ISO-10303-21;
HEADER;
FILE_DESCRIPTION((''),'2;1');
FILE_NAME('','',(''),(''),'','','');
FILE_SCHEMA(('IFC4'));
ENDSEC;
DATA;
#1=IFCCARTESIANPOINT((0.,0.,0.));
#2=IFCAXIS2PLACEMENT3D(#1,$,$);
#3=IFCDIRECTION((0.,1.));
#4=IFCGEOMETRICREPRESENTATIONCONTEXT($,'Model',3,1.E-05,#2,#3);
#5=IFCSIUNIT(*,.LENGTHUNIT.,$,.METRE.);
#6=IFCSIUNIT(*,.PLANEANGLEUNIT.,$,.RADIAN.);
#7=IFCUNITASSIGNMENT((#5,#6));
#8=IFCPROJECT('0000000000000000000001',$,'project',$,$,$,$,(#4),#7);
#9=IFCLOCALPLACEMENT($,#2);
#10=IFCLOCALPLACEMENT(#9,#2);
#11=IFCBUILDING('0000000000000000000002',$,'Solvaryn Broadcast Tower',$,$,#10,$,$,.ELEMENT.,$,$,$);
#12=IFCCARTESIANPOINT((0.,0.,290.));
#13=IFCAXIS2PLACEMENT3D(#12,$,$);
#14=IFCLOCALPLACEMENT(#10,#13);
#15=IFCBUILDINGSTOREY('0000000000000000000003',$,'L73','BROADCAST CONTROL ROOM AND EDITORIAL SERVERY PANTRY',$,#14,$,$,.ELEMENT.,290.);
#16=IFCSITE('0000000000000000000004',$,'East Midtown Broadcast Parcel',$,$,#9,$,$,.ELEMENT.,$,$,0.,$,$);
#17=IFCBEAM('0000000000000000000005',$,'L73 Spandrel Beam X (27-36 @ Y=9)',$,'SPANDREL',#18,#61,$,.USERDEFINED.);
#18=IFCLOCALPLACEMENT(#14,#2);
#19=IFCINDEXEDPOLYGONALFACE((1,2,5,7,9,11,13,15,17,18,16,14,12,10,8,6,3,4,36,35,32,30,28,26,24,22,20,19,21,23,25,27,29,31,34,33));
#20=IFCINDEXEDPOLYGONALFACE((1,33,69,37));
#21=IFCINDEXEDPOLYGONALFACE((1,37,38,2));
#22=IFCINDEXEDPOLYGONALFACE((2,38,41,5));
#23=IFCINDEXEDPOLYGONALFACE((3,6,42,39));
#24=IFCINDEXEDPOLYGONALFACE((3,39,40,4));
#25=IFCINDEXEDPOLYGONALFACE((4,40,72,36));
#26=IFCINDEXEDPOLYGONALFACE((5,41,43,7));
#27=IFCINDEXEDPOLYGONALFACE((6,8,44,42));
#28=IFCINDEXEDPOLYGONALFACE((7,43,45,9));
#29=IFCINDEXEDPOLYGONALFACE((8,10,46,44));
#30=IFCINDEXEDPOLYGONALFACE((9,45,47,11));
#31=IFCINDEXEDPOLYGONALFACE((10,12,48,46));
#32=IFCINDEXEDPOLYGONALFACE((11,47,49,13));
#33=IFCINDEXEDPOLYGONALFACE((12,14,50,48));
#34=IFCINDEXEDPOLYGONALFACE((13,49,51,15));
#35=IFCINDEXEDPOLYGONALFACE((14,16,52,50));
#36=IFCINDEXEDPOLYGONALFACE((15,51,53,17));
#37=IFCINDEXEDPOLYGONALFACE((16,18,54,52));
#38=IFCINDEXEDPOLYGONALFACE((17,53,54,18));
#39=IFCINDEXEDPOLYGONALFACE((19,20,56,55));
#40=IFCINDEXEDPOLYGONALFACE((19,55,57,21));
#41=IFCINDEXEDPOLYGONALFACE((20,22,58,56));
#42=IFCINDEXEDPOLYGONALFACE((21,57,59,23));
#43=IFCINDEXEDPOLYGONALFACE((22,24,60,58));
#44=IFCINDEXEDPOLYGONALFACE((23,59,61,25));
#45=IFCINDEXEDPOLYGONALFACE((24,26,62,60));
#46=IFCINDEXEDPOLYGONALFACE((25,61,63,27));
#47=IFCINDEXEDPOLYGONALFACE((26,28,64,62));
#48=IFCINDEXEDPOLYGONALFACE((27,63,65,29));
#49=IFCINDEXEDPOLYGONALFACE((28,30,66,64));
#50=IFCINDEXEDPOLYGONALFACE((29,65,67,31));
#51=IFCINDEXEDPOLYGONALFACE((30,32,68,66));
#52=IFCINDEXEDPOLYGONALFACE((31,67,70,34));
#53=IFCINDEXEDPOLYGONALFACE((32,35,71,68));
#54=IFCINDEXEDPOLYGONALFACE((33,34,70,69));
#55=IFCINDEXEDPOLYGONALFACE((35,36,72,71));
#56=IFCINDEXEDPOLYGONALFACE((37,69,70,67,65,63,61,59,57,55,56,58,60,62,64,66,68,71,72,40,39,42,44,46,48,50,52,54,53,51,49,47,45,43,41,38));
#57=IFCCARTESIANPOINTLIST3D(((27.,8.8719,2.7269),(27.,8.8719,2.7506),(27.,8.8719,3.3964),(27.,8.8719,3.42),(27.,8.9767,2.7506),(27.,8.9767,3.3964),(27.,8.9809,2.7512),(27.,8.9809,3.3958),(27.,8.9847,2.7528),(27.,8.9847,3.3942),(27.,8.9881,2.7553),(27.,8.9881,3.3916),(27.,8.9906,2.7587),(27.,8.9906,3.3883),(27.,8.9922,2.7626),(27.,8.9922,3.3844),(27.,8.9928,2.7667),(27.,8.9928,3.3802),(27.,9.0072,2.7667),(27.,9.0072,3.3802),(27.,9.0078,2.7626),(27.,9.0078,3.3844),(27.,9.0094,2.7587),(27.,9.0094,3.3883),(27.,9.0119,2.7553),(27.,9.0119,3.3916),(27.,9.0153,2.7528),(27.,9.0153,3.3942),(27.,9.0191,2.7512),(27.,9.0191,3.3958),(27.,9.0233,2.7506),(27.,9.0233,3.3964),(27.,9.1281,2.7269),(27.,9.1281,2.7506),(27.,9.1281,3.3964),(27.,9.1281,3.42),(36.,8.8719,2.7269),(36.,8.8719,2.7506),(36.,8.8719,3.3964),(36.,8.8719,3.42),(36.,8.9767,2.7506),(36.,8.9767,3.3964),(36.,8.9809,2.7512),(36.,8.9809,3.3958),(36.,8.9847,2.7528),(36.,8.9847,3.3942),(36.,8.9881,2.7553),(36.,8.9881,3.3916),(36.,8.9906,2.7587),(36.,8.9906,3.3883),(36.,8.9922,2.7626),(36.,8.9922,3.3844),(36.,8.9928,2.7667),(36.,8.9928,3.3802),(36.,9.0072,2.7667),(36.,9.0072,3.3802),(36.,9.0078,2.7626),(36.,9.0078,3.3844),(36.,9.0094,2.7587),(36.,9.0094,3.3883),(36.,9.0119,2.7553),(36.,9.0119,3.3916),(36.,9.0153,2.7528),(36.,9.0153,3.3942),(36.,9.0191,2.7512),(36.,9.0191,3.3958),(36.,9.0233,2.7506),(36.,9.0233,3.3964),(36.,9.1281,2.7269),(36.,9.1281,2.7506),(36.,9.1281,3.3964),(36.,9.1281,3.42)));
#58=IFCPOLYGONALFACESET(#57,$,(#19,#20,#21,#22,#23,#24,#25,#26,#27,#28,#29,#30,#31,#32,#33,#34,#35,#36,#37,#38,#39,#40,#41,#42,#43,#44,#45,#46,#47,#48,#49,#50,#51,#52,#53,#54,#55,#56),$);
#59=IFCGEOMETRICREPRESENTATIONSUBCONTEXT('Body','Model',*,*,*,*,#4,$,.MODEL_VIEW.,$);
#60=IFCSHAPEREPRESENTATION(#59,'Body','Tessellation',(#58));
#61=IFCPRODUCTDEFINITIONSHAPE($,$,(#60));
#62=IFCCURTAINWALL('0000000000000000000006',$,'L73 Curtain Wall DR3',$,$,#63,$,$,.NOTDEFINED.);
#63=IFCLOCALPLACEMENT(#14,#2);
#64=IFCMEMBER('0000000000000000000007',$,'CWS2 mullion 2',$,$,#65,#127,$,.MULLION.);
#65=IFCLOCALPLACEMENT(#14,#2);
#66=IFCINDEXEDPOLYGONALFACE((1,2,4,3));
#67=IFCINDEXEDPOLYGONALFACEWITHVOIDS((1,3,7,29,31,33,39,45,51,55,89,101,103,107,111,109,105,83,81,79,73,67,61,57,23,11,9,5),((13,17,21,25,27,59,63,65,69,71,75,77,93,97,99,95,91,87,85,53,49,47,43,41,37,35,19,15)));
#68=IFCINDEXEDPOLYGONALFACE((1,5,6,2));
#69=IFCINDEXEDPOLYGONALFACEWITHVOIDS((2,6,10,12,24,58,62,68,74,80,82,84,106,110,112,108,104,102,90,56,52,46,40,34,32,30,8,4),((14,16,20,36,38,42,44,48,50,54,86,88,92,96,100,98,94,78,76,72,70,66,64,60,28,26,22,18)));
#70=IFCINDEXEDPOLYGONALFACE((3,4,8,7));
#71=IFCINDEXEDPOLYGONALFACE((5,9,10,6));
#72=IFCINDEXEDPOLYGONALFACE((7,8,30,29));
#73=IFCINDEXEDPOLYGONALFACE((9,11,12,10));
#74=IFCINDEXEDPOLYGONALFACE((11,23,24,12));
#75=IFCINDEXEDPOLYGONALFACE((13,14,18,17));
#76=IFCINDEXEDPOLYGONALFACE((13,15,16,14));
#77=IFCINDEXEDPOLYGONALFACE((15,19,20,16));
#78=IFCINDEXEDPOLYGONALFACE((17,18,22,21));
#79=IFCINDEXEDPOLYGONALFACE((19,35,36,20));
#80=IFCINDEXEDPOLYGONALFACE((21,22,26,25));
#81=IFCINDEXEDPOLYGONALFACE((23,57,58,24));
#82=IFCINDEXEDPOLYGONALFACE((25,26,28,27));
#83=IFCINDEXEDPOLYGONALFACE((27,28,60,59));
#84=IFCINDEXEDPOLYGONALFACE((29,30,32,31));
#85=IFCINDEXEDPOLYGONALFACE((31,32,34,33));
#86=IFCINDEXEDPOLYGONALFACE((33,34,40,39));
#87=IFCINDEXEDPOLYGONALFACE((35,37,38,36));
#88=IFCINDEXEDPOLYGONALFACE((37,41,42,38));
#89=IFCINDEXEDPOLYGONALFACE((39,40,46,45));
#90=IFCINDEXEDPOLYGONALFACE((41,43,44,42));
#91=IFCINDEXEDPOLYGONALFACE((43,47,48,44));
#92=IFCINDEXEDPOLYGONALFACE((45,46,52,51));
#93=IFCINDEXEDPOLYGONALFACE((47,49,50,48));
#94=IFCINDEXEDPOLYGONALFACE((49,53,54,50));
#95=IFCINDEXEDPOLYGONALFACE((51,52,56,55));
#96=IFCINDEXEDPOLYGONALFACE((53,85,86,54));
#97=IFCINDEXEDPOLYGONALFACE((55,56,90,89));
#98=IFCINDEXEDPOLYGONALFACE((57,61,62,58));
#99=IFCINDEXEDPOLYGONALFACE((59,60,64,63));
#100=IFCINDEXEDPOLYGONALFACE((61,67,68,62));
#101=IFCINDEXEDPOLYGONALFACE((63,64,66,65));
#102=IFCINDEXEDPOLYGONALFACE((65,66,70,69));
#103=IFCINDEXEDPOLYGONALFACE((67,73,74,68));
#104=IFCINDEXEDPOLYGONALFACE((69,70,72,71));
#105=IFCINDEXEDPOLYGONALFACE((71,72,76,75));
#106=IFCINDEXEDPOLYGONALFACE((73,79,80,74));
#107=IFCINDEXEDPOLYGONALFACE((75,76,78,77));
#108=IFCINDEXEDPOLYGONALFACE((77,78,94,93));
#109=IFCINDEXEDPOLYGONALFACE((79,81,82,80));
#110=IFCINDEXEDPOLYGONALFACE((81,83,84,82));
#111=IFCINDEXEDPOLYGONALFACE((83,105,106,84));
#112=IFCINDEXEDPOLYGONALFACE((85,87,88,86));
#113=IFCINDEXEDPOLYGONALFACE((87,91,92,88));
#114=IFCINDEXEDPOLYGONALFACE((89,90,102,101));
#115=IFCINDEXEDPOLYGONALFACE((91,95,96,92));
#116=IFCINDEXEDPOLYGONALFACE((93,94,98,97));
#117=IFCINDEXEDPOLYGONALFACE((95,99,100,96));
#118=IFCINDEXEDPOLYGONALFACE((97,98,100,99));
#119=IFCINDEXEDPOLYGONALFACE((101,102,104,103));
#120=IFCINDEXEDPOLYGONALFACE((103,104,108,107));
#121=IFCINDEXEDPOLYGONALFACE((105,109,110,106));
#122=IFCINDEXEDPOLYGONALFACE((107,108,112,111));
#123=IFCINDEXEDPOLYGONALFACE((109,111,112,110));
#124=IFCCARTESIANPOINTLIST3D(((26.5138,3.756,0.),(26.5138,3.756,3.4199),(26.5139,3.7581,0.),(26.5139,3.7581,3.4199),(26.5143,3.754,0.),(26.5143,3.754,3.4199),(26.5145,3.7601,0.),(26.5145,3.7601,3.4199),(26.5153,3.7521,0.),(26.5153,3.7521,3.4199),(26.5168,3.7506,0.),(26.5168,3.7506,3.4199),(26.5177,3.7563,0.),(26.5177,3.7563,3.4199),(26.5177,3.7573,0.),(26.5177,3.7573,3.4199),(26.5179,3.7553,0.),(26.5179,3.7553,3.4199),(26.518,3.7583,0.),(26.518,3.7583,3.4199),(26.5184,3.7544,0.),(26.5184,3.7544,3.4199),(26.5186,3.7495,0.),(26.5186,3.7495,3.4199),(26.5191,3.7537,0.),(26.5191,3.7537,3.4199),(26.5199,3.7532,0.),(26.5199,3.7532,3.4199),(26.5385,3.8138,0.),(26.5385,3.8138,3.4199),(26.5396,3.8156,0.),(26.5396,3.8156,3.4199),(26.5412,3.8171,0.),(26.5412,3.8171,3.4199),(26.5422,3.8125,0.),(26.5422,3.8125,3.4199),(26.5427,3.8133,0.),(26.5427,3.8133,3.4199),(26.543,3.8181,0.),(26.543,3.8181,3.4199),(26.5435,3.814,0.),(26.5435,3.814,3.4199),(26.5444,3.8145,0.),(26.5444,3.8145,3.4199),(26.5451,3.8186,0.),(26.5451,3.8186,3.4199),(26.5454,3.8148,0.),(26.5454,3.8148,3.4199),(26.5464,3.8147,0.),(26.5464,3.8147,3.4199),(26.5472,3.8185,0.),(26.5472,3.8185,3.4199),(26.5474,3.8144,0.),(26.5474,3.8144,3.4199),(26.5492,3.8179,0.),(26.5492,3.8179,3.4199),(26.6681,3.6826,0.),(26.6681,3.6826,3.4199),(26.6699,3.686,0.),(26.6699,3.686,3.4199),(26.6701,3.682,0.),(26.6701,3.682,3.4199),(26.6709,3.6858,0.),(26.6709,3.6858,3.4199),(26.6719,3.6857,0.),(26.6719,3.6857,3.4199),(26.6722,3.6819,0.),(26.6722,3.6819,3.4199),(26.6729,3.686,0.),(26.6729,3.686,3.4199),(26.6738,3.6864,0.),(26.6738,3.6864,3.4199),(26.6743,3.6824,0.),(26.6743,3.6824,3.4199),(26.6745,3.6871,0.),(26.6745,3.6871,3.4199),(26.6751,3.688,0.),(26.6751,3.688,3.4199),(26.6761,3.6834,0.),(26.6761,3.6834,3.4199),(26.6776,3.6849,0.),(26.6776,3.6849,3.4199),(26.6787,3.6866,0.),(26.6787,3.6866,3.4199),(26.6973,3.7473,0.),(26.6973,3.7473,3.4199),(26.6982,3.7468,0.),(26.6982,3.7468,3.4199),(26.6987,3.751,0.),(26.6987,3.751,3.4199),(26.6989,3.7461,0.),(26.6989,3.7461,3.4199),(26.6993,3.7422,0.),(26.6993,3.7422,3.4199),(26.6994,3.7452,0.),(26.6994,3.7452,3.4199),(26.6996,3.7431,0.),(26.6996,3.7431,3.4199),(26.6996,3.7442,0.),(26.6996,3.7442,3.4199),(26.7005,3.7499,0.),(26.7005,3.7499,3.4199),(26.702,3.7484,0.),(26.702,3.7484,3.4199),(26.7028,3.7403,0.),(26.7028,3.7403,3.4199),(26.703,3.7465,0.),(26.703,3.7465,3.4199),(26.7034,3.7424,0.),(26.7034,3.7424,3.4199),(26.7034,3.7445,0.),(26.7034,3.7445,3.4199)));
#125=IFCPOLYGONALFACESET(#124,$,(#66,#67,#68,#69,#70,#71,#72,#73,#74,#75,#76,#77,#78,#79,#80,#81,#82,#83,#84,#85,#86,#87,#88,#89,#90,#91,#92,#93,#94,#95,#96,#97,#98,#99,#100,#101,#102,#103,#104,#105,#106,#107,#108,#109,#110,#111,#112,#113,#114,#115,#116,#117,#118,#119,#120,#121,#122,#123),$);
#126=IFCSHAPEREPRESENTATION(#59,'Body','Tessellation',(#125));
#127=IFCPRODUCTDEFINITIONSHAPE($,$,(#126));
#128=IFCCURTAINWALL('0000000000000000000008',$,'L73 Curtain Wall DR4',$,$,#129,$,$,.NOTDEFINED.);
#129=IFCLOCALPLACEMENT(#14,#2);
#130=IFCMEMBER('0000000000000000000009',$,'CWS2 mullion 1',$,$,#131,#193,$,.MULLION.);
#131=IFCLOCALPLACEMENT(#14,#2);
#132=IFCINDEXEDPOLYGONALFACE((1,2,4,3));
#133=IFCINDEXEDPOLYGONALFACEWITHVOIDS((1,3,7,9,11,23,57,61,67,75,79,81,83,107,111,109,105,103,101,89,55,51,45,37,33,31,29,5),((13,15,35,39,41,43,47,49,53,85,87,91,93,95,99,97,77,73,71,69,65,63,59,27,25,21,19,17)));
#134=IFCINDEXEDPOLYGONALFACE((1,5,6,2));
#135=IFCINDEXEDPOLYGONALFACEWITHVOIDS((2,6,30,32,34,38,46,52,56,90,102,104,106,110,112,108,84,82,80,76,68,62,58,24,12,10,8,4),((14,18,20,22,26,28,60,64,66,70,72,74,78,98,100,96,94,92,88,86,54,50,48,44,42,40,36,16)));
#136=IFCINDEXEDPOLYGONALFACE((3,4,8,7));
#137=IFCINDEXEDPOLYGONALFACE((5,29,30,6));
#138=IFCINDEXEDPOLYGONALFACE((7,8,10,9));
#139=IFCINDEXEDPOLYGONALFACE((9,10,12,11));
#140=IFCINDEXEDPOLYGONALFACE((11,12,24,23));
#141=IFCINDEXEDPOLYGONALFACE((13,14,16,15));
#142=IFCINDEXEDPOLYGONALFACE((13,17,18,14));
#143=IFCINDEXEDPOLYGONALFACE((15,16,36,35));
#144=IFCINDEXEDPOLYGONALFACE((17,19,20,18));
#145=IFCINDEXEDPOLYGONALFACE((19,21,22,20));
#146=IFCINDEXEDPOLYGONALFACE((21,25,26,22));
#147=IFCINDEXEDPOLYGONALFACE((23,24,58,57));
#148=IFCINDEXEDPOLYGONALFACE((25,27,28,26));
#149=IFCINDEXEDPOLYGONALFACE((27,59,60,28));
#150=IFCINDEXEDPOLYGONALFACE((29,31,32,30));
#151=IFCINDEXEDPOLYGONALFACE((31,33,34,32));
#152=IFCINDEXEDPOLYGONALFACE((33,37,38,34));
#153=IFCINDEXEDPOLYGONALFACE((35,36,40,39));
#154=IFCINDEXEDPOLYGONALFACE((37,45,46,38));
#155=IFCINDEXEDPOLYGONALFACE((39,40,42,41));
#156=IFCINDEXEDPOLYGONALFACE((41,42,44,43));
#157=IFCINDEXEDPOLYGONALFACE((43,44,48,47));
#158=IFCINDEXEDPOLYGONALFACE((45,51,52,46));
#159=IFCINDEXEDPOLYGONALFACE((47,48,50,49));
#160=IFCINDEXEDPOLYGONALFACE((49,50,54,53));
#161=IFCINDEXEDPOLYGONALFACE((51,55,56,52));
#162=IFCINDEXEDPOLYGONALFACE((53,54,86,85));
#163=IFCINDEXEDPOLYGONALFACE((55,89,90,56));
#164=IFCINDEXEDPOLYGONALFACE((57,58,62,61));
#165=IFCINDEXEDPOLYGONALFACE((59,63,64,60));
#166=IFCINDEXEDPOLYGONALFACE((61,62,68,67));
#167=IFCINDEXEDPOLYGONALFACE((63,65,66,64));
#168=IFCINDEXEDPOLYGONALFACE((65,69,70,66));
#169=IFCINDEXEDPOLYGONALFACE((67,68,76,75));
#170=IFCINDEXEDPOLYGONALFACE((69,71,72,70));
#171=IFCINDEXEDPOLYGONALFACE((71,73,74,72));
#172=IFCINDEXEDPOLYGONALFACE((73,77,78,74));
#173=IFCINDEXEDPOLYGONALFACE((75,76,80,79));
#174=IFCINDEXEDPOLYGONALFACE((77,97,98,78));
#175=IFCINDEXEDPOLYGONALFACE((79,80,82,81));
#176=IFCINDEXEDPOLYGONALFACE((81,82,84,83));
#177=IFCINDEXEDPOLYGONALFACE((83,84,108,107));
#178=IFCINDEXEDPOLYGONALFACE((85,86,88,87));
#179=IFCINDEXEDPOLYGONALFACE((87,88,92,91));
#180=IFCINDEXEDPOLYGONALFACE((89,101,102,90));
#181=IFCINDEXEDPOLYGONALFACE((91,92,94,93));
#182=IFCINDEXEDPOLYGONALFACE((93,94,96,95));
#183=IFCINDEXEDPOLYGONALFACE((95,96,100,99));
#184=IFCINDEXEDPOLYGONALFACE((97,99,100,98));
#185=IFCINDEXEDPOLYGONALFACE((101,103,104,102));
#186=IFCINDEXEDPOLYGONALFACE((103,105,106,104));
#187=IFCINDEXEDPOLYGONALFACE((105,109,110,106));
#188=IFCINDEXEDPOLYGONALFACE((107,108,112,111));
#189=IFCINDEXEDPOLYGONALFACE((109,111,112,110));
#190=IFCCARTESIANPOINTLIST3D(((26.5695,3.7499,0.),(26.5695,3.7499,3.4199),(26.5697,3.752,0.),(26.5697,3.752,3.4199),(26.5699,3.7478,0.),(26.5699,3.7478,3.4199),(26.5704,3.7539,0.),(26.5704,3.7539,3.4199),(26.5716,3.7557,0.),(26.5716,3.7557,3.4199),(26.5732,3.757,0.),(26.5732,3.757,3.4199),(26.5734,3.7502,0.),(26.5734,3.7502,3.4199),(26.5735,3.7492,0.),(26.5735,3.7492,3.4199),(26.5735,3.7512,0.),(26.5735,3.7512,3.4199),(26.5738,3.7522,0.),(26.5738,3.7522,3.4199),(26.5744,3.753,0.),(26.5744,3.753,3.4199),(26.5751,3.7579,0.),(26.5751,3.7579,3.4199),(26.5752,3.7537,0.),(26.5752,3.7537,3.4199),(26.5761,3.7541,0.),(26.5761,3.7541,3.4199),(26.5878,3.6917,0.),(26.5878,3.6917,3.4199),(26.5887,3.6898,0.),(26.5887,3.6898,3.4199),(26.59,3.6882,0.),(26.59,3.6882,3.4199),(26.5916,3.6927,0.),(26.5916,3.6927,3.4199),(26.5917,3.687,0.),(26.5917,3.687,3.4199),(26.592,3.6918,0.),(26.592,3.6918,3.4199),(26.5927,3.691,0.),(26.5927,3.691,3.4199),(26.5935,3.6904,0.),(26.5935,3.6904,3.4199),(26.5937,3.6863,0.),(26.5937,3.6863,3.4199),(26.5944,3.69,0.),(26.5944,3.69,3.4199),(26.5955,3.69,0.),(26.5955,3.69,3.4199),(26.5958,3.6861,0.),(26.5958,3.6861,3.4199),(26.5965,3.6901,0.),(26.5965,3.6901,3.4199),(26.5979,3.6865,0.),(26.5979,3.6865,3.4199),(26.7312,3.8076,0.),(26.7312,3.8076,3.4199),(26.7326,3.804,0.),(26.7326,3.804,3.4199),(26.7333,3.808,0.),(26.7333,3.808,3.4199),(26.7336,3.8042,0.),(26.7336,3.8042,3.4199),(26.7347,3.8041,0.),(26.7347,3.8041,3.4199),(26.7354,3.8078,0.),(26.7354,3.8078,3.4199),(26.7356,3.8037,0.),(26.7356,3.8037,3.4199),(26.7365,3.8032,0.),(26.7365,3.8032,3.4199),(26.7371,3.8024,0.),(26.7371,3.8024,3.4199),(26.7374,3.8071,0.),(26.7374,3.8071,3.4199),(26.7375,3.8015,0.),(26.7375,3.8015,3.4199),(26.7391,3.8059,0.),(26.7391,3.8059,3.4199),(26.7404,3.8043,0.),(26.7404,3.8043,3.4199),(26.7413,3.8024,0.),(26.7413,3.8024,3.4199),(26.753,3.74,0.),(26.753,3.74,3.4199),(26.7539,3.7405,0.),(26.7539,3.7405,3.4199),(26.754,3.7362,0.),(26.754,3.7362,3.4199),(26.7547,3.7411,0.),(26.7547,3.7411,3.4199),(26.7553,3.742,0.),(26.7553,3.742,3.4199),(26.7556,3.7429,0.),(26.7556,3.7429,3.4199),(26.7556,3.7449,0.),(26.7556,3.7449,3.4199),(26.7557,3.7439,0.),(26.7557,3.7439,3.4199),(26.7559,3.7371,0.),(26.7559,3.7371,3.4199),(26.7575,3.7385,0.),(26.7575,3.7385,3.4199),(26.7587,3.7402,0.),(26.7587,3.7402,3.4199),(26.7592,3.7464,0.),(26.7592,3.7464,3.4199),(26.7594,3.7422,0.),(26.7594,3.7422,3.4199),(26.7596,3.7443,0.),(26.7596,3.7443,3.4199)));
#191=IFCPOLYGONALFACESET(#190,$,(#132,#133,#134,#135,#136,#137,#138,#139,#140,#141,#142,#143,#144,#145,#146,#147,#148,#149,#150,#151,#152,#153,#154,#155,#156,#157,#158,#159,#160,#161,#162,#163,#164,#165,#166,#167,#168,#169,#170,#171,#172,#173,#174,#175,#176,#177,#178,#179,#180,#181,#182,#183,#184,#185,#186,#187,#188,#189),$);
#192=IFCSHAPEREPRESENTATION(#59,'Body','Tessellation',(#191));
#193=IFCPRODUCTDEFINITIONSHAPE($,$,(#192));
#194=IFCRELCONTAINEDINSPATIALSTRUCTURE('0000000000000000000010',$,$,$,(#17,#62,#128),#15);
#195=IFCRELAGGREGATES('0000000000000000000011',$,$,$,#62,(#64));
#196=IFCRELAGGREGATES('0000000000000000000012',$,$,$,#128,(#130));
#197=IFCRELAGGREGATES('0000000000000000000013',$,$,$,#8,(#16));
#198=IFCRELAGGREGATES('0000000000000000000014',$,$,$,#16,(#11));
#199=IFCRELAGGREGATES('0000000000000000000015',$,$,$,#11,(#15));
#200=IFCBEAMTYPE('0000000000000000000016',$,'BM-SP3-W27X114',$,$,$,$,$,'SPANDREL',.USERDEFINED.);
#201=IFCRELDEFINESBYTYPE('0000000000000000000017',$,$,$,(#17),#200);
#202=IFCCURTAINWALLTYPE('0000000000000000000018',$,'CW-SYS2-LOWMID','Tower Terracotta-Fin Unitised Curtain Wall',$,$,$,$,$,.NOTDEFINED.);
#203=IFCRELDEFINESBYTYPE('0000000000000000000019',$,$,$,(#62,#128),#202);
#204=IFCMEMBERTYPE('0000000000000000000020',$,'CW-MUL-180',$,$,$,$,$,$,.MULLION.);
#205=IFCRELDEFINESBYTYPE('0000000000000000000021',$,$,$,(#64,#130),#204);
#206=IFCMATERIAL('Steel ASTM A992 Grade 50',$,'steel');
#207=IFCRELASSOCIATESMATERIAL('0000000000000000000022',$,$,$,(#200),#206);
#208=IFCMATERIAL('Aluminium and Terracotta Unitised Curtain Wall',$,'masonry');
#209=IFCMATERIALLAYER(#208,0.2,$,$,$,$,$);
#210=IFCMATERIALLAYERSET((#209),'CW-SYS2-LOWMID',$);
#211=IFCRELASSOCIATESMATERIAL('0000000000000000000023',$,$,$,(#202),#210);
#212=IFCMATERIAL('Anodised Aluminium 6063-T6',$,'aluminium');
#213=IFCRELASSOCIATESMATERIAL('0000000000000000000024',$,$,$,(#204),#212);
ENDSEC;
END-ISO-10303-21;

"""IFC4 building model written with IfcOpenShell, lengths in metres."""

from ifc_helpers import new_model, si_unit, direction, frame, origin, origin_2d, place, context, subcontext, project, spatial, hollow_rectangle, i_section, extrude, material, layer, layer_set, material_profile, profile_set, type_object, element, aggregate, save


model = new_model("IFC4")

# Units and contexts
model_context = context("Model", 3, precision=1e-05, world=origin(), true_north=direction((0.0, 1.0)))
body_context = subcontext(model_context, "Body", "Model", "MODEL_VIEW")
ifc_project = project(units=[si_unit("LENGTHUNIT", "METRE"), si_unit("PLANEANGLEUNIT", "RADIAN")], contexts=[model_context])

# Site, building, storey
site_placement = place(None, origin())
site = spatial("IfcSite", under=ifc_project, at=site_placement, Name="East Midtown Broadcast Parcel", CompositionType="ELEMENT", RefElevation=0.0)
building_placement = place(site_placement, origin())
building = spatial("IfcBuilding", under=site, at=building_placement, Name="Solvaryn Broadcast Tower", CompositionType="ELEMENT")
storey_placement = place(building_placement, frame((0.0, 0.0, 290.0)))
storey = spatial("IfcBuildingStorey", under=building, at=storey_placement, Name="L73", Description="BROADCAST CONTROL ROOM AND EDITORIAL SERVERY PANTRY", CompositionType="ELEMENT", Elevation=290.0)

# Beam
ifc_material_1 = material(Name="Steel ASTM A992 Grade 50", Category="steel")
ifc_material_profile_1 = material_profile(ifc_material_1, i_section(OverallWidth=0.2561, OverallDepth=0.6931, WebThickness=0.0144, FlangeThickness=0.0237, FilletRadius=0.0161, at=origin_2d()))
ifc_profile_set_1 = profile_set([ifc_material_profile_1], Name="Steel ASTM A992 Grade 50")
beam_type_1 = type_object("IfcBeamType", Name="BM-SP3-W27X114", ElementType="SPANDREL", PredefinedType="USERDEFINED", material=ifc_profile_set_1)
beam_1_placement = place(storey_placement, frame((27.0, 9.0, 3.0735), z_axis=(1.0, 0.0, 0.0), x_axis=(0.0, 1.0, 0.0)))
element("IfcBeam", 1, at=beam_1_placement, inside=storey, type_object=beam_type_1, Name="L73 Spandrel Beam X (27-36 @ Y=9)", ObjectType="SPANDREL", PredefinedType="USERDEFINED", context=body_context, shape_type="SweptSolid", body=[
    extrude(i_section(OverallWidth=0.2561, OverallDepth=0.6931, WebThickness=0.0144, FlangeThickness=0.0237, FilletRadius=0.0161, at=origin_2d()), origin(), (0.0, 0.0, 1.0), 9.0),
])

# Curtain wall, member
ifc_material_2 = material(Name="Aluminium and Terracotta Unitised Curtain Wall", Category="masonry")
ifc_layer_1 = layer(ifc_material_2, 0.2)
ifc_layer_set_1 = layer_set([ifc_layer_1], Name="CW-SYS2-LOWMID")
curtain_wall_type = type_object("IfcCurtainWallType", Name="CW-SYS2-LOWMID", Description="Tower Terracotta-Fin Unitised Curtain Wall", PredefinedType="NOTDEFINED", material=ifc_layer_set_1)
curtain_wall_1_placement = place(storey_placement, origin())
curtain_wall_1 = element("IfcCurtainWall", 2, at=curtain_wall_1_placement, inside=storey, type_object=curtain_wall_type, Name="L73 Curtain Wall DR3", PredefinedType="NOTDEFINED")
ifc_material_3 = material(Name="Anodised Aluminium 6063-T6", Category="aluminium")
ifc_material_profile_2 = material_profile(ifc_material_3, hollow_rectangle(XDim=0.075, YDim=0.1799, WallThickness=0.0039, InnerFilletRadius=0.0039, OuterFilletRadius=0.0081, at=origin_2d()))
ifc_profile_set_2 = profile_set([ifc_material_profile_2], Name="Anodised Aluminium 6063-T6")
member_type_1 = type_object("IfcMemberType", Name="CW-MUL-180", PredefinedType="MULLION", material=ifc_profile_set_2)
member_1_placement = place(storey_placement, frame((26.6086, 3.7502, 0.0), z_axis=(0.0, 0.0, 1.0), x_axis=(0.408466, 0.912774, 0.0)))
member_1 = element("IfcMember", 3, at=member_1_placement, type_object=member_type_1, Name="CWS2 mullion 2", PredefinedType="MULLION", context=body_context, shape_type="SweptSolid", body=[
    extrude(hollow_rectangle(XDim=0.075, YDim=0.1799, WallThickness=0.0039, InnerFilletRadius=0.0039, OuterFilletRadius=0.0081, at=origin_2d()), origin(), (0.0, 0.0, 1.0), 3.4199),
])
aggregate(curtain_wall_1, [member_1])

# Curtain wall, member
curtain_wall_2_placement = place(storey_placement, origin())
curtain_wall_2 = element("IfcCurtainWall", 4, at=curtain_wall_2_placement, inside=storey, type_object=curtain_wall_type, Name="L73 Curtain Wall DR4", PredefinedType="NOTDEFINED")
member_2_placement = place(storey_placement, frame((26.6646, 3.7471, 0.0), z_axis=(0.0, 0.0, 1.0), x_axis=(-0.303616, 0.952795, 0.0)))
member_2 = element("IfcMember", 5, at=member_2_placement, type_object=member_type_1, Name="CWS2 mullion 1", PredefinedType="MULLION", context=body_context, shape_type="SweptSolid", body=[
    extrude(hollow_rectangle(XDim=0.075, YDim=0.1799, WallThickness=0.0039, InnerFilletRadius=0.0039, OuterFilletRadius=0.0081, at=origin_2d()), origin(), (0.0, 0.0, 1.0), 3.4199),
])
aggregate(curtain_wall_2, [member_2])

save(model, "model.ifc")
